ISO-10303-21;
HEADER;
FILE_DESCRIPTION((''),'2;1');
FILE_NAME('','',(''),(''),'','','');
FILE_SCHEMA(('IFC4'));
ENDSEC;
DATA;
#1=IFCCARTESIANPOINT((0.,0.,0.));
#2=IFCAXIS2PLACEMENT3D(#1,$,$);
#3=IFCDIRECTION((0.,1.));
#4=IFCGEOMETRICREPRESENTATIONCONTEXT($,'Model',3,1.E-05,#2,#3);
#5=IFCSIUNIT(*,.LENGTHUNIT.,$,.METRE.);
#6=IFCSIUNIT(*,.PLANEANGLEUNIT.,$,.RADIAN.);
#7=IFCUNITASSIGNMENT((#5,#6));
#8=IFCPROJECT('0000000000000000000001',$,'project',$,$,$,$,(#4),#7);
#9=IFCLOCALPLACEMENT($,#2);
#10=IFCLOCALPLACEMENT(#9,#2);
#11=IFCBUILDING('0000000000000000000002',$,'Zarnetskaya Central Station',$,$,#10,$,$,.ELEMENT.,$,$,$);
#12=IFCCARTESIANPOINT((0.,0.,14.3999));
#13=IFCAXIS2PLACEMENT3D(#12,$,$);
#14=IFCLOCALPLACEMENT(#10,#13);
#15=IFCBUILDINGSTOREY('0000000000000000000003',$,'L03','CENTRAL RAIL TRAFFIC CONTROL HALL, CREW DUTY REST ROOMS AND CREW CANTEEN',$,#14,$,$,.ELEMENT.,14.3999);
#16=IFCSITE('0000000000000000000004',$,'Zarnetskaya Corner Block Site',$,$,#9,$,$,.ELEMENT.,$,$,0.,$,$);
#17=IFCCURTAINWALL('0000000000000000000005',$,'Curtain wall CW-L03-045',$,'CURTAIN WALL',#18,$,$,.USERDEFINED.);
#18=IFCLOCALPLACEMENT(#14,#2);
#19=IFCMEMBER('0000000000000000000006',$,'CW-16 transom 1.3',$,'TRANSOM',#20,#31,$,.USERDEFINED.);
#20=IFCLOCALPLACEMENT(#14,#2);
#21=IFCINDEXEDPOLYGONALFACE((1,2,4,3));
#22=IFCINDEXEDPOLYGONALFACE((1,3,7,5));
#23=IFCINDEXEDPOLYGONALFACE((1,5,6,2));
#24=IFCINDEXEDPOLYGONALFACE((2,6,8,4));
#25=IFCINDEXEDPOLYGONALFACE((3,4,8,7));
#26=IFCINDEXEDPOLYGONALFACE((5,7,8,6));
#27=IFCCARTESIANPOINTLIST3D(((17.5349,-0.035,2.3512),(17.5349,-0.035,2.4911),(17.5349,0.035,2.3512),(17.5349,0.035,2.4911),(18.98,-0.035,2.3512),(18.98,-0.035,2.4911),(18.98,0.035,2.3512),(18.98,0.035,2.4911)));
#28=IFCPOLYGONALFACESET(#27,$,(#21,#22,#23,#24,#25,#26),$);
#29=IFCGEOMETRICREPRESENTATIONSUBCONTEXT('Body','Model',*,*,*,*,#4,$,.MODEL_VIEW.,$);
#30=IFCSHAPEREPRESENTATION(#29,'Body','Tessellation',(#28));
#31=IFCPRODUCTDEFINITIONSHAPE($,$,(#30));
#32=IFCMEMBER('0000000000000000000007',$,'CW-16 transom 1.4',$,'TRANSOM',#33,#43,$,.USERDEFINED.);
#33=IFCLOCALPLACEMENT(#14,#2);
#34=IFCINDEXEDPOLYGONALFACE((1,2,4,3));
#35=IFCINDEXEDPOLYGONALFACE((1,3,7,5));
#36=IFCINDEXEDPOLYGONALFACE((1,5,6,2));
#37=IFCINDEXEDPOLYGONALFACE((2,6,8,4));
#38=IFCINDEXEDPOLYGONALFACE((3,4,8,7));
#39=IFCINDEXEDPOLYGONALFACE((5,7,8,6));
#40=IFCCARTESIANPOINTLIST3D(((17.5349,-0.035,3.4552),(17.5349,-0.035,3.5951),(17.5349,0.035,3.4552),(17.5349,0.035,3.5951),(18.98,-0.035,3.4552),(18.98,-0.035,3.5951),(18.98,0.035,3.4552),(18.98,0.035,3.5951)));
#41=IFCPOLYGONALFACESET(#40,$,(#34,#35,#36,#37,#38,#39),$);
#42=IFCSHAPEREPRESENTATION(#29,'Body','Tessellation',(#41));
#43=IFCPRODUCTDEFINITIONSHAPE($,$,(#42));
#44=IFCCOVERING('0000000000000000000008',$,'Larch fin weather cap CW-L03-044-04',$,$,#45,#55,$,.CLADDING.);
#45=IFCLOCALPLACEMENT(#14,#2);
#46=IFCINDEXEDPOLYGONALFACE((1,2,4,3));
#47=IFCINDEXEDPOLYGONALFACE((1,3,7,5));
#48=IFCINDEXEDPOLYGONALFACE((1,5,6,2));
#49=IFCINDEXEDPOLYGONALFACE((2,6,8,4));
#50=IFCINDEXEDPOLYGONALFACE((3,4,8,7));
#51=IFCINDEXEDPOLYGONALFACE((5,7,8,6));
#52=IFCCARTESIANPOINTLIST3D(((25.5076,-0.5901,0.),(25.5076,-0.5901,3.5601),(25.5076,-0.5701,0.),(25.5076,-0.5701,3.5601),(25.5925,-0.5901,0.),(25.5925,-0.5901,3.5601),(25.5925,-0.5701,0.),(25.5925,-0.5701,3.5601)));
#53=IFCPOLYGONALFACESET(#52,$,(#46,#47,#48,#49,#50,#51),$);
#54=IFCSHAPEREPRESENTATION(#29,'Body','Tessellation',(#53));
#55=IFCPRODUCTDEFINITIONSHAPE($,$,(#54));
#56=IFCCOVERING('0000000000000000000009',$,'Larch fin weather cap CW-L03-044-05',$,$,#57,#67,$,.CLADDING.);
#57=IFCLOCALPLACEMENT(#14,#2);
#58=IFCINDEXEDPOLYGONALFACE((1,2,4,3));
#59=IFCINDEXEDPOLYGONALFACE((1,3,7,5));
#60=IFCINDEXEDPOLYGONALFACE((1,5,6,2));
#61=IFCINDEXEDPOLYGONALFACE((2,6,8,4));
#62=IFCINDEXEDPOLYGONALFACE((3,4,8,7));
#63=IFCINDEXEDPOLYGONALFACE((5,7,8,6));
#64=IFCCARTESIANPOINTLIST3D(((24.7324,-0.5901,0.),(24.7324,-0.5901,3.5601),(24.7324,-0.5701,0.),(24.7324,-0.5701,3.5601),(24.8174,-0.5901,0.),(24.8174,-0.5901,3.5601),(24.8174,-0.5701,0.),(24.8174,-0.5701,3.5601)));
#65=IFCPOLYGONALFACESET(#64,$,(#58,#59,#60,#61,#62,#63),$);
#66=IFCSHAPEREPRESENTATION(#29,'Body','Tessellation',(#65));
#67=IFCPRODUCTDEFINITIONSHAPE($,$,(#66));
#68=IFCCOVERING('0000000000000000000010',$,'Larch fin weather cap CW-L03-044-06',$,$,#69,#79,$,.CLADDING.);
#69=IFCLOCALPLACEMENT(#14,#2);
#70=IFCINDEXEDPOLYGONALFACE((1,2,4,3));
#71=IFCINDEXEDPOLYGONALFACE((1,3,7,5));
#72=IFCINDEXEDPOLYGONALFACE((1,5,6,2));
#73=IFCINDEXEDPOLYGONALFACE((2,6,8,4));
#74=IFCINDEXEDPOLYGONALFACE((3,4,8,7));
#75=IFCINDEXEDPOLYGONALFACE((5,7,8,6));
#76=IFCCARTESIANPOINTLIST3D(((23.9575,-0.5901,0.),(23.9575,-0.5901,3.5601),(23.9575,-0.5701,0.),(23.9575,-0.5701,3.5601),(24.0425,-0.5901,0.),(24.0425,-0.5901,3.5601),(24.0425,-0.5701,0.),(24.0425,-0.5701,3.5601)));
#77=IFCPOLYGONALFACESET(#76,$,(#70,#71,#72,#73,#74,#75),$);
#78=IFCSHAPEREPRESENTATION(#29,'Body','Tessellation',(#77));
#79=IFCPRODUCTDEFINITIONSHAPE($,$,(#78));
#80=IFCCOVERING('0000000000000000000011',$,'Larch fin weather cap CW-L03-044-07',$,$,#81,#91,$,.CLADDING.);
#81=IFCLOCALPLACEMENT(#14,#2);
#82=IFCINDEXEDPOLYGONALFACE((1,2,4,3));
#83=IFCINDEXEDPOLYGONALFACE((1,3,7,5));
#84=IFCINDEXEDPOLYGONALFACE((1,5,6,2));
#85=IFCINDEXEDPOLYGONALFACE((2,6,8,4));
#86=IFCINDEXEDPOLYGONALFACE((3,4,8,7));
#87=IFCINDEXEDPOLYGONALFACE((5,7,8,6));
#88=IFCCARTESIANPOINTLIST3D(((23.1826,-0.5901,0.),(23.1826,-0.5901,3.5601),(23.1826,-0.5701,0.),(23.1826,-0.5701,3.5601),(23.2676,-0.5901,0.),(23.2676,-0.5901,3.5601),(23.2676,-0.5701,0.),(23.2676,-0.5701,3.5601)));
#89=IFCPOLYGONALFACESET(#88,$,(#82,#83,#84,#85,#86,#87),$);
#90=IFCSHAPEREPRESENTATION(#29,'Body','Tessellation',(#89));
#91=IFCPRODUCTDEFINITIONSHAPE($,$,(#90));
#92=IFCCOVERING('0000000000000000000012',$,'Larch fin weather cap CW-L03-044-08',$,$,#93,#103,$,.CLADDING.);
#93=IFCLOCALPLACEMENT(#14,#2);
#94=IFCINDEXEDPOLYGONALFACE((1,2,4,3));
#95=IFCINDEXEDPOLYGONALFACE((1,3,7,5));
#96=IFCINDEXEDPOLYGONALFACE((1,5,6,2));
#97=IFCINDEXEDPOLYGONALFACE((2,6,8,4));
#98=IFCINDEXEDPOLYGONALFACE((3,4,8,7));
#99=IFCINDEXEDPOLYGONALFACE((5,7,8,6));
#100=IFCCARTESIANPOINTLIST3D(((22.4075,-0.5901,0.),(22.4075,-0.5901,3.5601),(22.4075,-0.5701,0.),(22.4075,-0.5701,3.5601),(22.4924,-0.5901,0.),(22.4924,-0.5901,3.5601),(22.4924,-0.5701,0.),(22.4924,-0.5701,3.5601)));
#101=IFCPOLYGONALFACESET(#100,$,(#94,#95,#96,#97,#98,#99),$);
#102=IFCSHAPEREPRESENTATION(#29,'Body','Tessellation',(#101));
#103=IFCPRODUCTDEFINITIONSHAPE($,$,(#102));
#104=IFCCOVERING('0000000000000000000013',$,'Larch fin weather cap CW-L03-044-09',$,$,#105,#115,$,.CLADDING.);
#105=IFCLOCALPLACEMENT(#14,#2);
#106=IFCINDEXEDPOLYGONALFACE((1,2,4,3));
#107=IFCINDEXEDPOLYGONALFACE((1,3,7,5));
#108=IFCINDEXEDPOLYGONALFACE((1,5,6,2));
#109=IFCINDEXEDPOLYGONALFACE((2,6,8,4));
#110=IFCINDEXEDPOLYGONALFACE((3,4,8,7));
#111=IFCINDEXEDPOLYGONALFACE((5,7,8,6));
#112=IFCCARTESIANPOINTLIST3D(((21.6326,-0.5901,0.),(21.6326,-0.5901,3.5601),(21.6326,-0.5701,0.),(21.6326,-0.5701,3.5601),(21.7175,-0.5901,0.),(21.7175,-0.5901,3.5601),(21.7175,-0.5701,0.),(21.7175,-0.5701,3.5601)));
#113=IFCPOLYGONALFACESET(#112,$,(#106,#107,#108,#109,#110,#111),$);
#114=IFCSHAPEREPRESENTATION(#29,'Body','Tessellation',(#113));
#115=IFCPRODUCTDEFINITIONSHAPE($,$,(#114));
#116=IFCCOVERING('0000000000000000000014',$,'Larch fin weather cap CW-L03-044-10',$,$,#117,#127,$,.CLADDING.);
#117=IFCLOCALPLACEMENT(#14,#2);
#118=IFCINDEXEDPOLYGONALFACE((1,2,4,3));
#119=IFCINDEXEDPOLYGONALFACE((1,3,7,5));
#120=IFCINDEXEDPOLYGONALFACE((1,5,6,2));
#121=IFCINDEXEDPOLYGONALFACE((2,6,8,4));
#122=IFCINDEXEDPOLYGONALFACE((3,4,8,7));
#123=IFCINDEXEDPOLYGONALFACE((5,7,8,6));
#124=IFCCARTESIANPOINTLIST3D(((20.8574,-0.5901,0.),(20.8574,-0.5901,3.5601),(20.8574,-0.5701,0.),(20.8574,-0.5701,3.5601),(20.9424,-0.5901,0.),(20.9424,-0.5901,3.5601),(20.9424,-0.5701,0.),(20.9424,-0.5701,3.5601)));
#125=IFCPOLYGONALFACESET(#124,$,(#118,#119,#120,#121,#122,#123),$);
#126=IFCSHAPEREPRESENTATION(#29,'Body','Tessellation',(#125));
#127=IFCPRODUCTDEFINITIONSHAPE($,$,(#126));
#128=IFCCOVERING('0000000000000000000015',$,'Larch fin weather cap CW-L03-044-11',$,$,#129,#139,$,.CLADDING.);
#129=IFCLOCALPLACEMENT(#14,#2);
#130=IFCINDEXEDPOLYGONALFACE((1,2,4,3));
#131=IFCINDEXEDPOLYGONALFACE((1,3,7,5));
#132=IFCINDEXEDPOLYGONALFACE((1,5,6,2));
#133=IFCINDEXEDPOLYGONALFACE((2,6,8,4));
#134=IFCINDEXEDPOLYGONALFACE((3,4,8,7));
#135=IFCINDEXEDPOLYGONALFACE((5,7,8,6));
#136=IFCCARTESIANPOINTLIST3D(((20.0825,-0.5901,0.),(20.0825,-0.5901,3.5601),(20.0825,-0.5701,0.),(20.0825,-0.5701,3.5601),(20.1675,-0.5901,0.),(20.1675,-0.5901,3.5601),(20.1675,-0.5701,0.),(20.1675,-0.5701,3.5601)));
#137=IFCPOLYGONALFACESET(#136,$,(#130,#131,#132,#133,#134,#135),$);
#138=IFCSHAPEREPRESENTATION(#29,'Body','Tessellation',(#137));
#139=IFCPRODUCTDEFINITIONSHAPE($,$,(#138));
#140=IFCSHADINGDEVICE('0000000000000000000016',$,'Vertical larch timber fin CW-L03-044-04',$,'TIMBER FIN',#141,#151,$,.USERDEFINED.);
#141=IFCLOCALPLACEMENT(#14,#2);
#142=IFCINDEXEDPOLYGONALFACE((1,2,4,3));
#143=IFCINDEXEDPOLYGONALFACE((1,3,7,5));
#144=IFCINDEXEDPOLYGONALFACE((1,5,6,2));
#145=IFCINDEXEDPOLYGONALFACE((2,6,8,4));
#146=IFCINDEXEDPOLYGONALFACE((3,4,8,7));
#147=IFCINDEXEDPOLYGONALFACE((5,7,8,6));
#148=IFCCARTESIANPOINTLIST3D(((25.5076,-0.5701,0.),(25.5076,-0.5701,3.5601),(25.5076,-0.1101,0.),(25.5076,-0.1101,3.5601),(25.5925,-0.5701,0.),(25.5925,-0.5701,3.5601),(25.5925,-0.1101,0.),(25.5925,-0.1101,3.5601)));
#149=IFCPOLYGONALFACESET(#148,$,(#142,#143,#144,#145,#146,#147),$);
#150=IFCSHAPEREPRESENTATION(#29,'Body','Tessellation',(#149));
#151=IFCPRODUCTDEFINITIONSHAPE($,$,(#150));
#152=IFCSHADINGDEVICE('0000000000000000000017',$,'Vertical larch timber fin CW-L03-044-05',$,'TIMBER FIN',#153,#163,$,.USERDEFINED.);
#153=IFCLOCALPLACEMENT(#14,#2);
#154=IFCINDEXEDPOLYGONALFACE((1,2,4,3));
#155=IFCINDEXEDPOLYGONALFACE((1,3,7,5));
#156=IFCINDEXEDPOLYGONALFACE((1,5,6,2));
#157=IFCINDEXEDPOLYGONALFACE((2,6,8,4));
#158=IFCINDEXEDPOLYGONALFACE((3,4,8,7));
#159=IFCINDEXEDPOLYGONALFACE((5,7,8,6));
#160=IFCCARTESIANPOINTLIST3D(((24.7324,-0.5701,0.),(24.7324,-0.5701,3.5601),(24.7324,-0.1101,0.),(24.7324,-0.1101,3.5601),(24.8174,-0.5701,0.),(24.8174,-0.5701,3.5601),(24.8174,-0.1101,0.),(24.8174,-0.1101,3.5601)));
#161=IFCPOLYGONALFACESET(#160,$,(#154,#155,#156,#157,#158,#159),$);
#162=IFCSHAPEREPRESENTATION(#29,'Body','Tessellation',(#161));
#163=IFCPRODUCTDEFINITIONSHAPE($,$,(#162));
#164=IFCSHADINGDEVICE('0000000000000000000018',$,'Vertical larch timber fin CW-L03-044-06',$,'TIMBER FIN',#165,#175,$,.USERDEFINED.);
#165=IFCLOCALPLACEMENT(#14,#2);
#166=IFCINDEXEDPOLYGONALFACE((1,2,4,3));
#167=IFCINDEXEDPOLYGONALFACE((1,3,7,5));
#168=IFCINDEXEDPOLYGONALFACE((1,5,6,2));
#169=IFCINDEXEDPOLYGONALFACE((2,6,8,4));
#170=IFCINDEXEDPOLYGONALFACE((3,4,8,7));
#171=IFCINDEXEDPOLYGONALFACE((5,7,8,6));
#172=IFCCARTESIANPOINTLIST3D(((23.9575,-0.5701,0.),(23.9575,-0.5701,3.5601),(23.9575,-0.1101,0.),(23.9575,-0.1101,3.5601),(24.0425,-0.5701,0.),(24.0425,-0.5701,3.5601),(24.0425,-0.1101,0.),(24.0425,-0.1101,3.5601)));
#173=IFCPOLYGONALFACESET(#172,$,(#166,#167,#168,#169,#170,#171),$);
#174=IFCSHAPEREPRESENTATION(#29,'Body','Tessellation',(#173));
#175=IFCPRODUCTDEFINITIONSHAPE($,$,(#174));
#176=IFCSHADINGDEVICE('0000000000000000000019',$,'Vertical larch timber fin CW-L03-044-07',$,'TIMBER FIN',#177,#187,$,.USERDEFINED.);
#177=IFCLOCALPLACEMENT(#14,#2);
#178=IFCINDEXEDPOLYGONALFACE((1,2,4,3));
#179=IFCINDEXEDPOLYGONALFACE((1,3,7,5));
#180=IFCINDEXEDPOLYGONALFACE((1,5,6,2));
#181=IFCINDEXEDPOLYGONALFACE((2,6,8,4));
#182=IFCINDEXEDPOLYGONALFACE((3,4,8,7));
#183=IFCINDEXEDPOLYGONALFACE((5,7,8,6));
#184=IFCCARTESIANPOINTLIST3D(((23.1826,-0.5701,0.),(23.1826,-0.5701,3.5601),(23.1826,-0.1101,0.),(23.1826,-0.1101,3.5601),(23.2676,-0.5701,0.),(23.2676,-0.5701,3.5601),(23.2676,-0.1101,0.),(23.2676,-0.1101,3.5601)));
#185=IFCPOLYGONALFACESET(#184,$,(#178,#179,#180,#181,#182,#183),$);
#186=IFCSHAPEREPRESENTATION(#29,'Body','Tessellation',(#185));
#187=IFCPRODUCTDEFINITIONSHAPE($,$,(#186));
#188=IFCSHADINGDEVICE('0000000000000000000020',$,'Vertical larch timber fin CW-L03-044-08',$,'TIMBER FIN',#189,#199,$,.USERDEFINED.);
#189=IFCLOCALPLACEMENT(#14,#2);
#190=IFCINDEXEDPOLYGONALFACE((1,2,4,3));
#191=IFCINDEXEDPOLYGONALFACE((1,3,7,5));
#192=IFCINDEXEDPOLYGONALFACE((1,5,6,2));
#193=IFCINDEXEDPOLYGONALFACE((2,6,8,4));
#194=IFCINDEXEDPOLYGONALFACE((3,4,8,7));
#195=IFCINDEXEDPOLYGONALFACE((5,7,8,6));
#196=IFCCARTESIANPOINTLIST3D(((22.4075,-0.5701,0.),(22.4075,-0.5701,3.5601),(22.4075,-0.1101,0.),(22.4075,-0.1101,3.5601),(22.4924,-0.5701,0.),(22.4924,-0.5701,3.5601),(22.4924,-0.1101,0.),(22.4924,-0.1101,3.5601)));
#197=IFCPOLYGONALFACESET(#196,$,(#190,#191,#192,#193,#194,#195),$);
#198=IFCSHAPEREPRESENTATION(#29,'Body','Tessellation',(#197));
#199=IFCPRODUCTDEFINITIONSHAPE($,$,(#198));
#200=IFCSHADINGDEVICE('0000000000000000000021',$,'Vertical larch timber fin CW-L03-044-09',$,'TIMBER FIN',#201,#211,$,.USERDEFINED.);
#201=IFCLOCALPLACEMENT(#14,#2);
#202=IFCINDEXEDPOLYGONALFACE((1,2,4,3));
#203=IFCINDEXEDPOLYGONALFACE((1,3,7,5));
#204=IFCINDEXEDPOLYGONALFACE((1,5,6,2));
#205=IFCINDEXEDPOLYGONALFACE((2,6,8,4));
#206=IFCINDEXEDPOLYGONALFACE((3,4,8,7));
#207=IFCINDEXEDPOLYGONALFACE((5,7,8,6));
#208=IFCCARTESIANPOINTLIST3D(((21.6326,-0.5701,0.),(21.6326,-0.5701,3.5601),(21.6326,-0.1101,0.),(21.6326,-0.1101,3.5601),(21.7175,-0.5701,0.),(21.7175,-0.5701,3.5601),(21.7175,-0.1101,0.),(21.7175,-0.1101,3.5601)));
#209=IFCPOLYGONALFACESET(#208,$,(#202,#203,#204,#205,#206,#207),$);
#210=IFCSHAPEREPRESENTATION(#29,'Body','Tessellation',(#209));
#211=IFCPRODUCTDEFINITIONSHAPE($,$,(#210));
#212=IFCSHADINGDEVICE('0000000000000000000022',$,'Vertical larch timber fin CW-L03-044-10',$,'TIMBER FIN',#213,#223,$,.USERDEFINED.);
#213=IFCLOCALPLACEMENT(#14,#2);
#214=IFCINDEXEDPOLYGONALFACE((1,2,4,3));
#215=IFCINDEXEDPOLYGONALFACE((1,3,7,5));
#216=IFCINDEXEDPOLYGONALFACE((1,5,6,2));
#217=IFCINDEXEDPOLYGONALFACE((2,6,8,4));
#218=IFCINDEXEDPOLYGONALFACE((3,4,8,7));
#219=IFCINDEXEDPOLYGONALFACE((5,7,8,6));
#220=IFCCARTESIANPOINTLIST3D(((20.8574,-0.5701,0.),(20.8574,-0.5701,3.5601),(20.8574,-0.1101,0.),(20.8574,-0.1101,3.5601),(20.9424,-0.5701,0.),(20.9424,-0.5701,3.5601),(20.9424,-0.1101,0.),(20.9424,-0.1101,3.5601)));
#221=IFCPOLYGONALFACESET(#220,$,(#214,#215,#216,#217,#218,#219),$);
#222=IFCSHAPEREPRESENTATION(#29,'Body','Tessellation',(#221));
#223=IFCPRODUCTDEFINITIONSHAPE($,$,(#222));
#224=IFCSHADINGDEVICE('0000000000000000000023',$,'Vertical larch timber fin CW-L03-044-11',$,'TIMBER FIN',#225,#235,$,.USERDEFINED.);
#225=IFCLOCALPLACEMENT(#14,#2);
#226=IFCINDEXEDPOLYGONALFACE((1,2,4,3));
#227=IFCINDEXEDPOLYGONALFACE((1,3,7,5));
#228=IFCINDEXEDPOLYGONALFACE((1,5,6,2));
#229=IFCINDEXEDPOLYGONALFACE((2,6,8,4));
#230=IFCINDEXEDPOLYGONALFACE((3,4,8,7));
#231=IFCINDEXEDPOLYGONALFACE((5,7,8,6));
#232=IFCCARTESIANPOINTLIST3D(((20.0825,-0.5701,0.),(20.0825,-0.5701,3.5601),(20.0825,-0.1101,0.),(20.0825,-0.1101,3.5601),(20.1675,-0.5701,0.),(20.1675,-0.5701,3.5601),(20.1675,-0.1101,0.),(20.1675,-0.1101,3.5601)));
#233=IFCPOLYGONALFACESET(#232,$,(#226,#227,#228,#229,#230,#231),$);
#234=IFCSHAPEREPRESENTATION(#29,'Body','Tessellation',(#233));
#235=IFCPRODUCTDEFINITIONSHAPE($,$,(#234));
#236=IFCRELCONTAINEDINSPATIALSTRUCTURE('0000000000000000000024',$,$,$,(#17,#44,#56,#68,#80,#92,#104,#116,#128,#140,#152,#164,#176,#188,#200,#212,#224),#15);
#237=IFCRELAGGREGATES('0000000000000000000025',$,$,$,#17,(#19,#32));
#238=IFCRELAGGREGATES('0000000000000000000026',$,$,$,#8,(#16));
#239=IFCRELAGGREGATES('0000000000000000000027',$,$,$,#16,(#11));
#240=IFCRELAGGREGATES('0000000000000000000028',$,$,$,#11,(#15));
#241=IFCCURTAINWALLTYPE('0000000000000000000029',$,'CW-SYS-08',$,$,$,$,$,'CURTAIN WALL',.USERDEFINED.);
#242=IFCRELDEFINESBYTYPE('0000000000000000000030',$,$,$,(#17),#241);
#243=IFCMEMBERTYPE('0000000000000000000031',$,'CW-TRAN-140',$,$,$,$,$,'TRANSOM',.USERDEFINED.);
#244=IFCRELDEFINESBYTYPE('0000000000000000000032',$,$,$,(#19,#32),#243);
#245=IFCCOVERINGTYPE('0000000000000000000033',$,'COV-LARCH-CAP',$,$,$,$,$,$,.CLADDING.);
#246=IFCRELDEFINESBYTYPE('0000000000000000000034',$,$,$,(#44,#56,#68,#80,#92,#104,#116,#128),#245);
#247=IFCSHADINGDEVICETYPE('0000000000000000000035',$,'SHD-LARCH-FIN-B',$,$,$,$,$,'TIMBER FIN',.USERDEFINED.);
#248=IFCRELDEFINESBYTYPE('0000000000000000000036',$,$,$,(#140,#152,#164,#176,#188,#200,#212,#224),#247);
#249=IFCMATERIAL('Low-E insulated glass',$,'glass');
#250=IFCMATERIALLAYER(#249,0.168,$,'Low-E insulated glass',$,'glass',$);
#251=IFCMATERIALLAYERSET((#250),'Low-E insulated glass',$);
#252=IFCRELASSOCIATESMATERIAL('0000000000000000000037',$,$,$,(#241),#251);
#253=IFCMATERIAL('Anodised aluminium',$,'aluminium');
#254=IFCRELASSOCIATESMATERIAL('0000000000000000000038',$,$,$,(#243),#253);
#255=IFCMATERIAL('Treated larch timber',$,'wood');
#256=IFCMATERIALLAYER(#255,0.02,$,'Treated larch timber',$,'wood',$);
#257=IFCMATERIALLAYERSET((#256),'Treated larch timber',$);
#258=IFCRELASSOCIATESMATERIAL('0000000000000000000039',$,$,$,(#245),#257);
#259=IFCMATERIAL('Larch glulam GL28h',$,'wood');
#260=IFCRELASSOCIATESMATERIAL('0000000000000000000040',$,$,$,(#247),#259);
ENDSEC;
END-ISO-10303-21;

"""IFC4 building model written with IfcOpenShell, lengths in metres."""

from ifc_helpers import new_model, si_unit, direction, frame, origin, origin_2d, place, context, subcontext, project, spatial, rectangle, extrude, material, layer, layer_set, material_profile, profile_set, type_object, element, aggregate, save


model = new_model("IFC4")

# Units and contexts
model_context = context("Model", 3, precision=1e-05, world=origin(), true_north=direction((0.0, 1.0)))
body_context = subcontext(model_context, "Body", "Model", "MODEL_VIEW")
ifc_project = project(units=[si_unit("LENGTHUNIT", "METRE"), si_unit("PLANEANGLEUNIT", "RADIAN")], contexts=[model_context])

# Site, building, storey
site_placement = place(None, origin())
site = spatial("IfcSite", under=ifc_project, at=site_placement, Name="Zarnetskaya Corner Block Site", CompositionType="ELEMENT", RefElevation=0.0)
building_placement = place(site_placement, origin())
building = spatial("IfcBuilding", under=site, at=building_placement, Name="Zarnetskaya Central Station", CompositionType="ELEMENT")
storey_placement = place(building_placement, frame((0.0, 0.0, 14.3999)))
storey = spatial("IfcBuildingStorey", under=building, at=storey_placement, Name="L03", Description="CENTRAL RAIL TRAFFIC CONTROL HALL, CREW DUTY REST ROOMS AND CREW CANTEEN", CompositionType="ELEMENT", Elevation=14.3999)

# Curtain wall, members
ifc_material_1 = material(Name="Low-E insulated glass", Category="glass")
ifc_layer_1 = layer(ifc_material_1, 0.168, Name="Low-E insulated glass", Category="glass")
ifc_layer_set_1 = layer_set([ifc_layer_1], Name="Low-E insulated glass")
curtain_wall_type = type_object("IfcCurtainWallType", Name="CW-SYS-08", ElementType="CURTAIN WALL", PredefinedType="USERDEFINED", material=ifc_layer_set_1)
curtain_wall_placement = place(storey_placement, origin())
curtain_wall = element("IfcCurtainWall", 1, at=curtain_wall_placement, inside=storey, type_object=curtain_wall_type, Name="Curtain wall CW-L03-045", ObjectType="CURTAIN WALL", PredefinedType="USERDEFINED")
ifc_material_2 = material(Name="Anodised aluminium", Category="aluminium")
ifc_material_profile = material_profile(ifc_material_2, rectangle(XDim=0.0701, YDim=0.1399, at=origin_2d()), Name="ALU TRAN 70x140")
ifc_profile_set = profile_set([ifc_material_profile], Name="Anodised aluminium")
member_type = type_object("IfcMemberType", Name="CW-TRAN-140", ElementType="TRANSOM", PredefinedType="USERDEFINED", material=ifc_profile_set)
member_1_placement = place(storey_placement, frame((18.98, 0.0, 2.4211), z_axis=(-1.0, 0.0, 0.0), x_axis=(0.0, -1.0, 0.0)))
member_1 = element("IfcMember", 2, at=member_1_placement, type_object=member_type, Name="CW-16 transom 1.3", ObjectType="TRANSOM", PredefinedType="USERDEFINED", context=body_context, shape_type="SweptSolid", body=[
    extrude(rectangle(XDim=0.0701, YDim=0.1399, at=origin_2d()), origin(), (0.0, 0.0, 1.0), 1.4451),
])
member_2_placement = place(storey_placement, frame((18.98, 0.0, 3.5251), z_axis=(-1.0, 0.0, 0.0), x_axis=(0.0, -1.0, 0.0)))
member_2 = element("IfcMember", 3, at=member_2_placement, type_object=member_type, Name="CW-16 transom 1.4", ObjectType="TRANSOM", PredefinedType="USERDEFINED", context=body_context, shape_type="SweptSolid", body=[
    extrude(rectangle(XDim=0.0701, YDim=0.1399, at=origin_2d()), origin(), (0.0, 0.0, 1.0), 1.4451),
])
aggregate(curtain_wall, [member_1, member_2])

# Coverings
ifc_material_3 = material(Name="Treated larch timber", Category="wood")
ifc_layer_2 = layer(ifc_material_3, 0.02, Name="Treated larch timber", Category="wood")
ifc_layer_set_2 = layer_set([ifc_layer_2], Name="Treated larch timber")
covering_type = type_object("IfcCoveringType", Name="COV-LARCH-CAP", PredefinedType="CLADDING", material=ifc_layer_set_2)
for number, where, z_axis, x_axis, name in (
    (4, (25.55, -0.5801, 0.0), (0.0, 0.0, 1.0), (-1.0, 0.0, 0.0), "Larch fin weather cap CW-L03-044-04"),
    (5, (24.7749, -0.5801, 0.0), (0.0, 0.0, 1.0), (-1.0, 0.0, 0.0), "Larch fin weather cap CW-L03-044-05"),
    (6, (24.0, -0.5801, 0.0), (0.0, 0.0, 1.0), (-1.0, 0.0, 0.0), "Larch fin weather cap CW-L03-044-06"),
    (7, (23.2251, -0.5801, 0.0), (0.0, 0.0, 1.0), (-1.0, 0.0, 0.0), "Larch fin weather cap CW-L03-044-07"),
    (8, (22.45, -0.5801, 0.0), (0.0, 0.0, 1.0), (-1.0, 0.0, 0.0), "Larch fin weather cap CW-L03-044-08"),
    (9, (21.675, -0.5801, 0.0), (0.0, 0.0, 1.0), (-1.0, 0.0, 0.0), "Larch fin weather cap CW-L03-044-09"),
    (10, (20.8999, -0.5801, 0.0), (0.0, 0.0, 1.0), (-1.0, 0.0, 0.0), "Larch fin weather cap CW-L03-044-10"),
    (11, (20.125, -0.5801, 0.0), (0.0, 0.0, 1.0), (-1.0, 0.0, 0.0), "Larch fin weather cap CW-L03-044-11"),
):
    element("IfcCovering", number, at=place(storey_placement, frame(where, z_axis=z_axis, x_axis=x_axis)), inside=storey, type_object=covering_type, Name=name, PredefinedType="CLADDING", context=body_context, shape_type="SweptSolid", body=[
        extrude(rectangle(XDim=0.085, YDim=0.02, at=origin_2d()), origin(), (0.0, 0.0, 1.0), 3.5601),
    ])

# Shading devices
ifc_material_4 = material(Name="Larch glulam GL28h", Category="wood")
shading_device_type = type_object("IfcShadingDeviceType", Name="SHD-LARCH-FIN-B", ElementType="TIMBER FIN", PredefinedType="USERDEFINED", material=ifc_material_4)
for number, where, z_axis, x_axis, name in (
    (12, (25.55, -0.3401, 0.0), (0.0, 0.0, 1.0), (-1.0, 0.0, 0.0), "Vertical larch timber fin CW-L03-044-04"),
    (13, (24.7749, -0.3401, 0.0), (0.0, 0.0, 1.0), (-1.0, 0.0, 0.0), "Vertical larch timber fin CW-L03-044-05"),
    (14, (24.0, -0.3401, 0.0), (0.0, 0.0, 1.0), (-1.0, 0.0, 0.0), "Vertical larch timber fin CW-L03-044-06"),
    (15, (23.2251, -0.3401, 0.0), (0.0, 0.0, 1.0), (-1.0, 0.0, 0.0), "Vertical larch timber fin CW-L03-044-07"),
    (16, (22.45, -0.3401, 0.0), (0.0, 0.0, 1.0), (-1.0, 0.0, 0.0), "Vertical larch timber fin CW-L03-044-08"),
    (17, (21.675, -0.3401, 0.0), (0.0, 0.0, 1.0), (-1.0, 0.0, 0.0), "Vertical larch timber fin CW-L03-044-09"),
    (18, (20.8999, -0.3401, 0.0), (0.0, 0.0, 1.0), (-1.0, 0.0, 0.0), "Vertical larch timber fin CW-L03-044-10"),
    (19, (20.125, -0.3401, 0.0), (0.0, 0.0, 1.0), (-1.0, 0.0, 0.0), "Vertical larch timber fin CW-L03-044-11"),
):
    element("IfcShadingDevice", number, at=place(storey_placement, frame(where, z_axis=z_axis, x_axis=x_axis)), inside=storey, type_object=shading_device_type, Name=name, ObjectType="TIMBER FIN", PredefinedType="USERDEFINED", context=body_context, shape_type="SweptSolid", body=[
        extrude(rectangle(XDim=0.085, YDim=0.46, at=origin_2d()), origin(), (0.0, 0.0, 1.0), 3.5601),
    ])

save(model, "model.ifc")
